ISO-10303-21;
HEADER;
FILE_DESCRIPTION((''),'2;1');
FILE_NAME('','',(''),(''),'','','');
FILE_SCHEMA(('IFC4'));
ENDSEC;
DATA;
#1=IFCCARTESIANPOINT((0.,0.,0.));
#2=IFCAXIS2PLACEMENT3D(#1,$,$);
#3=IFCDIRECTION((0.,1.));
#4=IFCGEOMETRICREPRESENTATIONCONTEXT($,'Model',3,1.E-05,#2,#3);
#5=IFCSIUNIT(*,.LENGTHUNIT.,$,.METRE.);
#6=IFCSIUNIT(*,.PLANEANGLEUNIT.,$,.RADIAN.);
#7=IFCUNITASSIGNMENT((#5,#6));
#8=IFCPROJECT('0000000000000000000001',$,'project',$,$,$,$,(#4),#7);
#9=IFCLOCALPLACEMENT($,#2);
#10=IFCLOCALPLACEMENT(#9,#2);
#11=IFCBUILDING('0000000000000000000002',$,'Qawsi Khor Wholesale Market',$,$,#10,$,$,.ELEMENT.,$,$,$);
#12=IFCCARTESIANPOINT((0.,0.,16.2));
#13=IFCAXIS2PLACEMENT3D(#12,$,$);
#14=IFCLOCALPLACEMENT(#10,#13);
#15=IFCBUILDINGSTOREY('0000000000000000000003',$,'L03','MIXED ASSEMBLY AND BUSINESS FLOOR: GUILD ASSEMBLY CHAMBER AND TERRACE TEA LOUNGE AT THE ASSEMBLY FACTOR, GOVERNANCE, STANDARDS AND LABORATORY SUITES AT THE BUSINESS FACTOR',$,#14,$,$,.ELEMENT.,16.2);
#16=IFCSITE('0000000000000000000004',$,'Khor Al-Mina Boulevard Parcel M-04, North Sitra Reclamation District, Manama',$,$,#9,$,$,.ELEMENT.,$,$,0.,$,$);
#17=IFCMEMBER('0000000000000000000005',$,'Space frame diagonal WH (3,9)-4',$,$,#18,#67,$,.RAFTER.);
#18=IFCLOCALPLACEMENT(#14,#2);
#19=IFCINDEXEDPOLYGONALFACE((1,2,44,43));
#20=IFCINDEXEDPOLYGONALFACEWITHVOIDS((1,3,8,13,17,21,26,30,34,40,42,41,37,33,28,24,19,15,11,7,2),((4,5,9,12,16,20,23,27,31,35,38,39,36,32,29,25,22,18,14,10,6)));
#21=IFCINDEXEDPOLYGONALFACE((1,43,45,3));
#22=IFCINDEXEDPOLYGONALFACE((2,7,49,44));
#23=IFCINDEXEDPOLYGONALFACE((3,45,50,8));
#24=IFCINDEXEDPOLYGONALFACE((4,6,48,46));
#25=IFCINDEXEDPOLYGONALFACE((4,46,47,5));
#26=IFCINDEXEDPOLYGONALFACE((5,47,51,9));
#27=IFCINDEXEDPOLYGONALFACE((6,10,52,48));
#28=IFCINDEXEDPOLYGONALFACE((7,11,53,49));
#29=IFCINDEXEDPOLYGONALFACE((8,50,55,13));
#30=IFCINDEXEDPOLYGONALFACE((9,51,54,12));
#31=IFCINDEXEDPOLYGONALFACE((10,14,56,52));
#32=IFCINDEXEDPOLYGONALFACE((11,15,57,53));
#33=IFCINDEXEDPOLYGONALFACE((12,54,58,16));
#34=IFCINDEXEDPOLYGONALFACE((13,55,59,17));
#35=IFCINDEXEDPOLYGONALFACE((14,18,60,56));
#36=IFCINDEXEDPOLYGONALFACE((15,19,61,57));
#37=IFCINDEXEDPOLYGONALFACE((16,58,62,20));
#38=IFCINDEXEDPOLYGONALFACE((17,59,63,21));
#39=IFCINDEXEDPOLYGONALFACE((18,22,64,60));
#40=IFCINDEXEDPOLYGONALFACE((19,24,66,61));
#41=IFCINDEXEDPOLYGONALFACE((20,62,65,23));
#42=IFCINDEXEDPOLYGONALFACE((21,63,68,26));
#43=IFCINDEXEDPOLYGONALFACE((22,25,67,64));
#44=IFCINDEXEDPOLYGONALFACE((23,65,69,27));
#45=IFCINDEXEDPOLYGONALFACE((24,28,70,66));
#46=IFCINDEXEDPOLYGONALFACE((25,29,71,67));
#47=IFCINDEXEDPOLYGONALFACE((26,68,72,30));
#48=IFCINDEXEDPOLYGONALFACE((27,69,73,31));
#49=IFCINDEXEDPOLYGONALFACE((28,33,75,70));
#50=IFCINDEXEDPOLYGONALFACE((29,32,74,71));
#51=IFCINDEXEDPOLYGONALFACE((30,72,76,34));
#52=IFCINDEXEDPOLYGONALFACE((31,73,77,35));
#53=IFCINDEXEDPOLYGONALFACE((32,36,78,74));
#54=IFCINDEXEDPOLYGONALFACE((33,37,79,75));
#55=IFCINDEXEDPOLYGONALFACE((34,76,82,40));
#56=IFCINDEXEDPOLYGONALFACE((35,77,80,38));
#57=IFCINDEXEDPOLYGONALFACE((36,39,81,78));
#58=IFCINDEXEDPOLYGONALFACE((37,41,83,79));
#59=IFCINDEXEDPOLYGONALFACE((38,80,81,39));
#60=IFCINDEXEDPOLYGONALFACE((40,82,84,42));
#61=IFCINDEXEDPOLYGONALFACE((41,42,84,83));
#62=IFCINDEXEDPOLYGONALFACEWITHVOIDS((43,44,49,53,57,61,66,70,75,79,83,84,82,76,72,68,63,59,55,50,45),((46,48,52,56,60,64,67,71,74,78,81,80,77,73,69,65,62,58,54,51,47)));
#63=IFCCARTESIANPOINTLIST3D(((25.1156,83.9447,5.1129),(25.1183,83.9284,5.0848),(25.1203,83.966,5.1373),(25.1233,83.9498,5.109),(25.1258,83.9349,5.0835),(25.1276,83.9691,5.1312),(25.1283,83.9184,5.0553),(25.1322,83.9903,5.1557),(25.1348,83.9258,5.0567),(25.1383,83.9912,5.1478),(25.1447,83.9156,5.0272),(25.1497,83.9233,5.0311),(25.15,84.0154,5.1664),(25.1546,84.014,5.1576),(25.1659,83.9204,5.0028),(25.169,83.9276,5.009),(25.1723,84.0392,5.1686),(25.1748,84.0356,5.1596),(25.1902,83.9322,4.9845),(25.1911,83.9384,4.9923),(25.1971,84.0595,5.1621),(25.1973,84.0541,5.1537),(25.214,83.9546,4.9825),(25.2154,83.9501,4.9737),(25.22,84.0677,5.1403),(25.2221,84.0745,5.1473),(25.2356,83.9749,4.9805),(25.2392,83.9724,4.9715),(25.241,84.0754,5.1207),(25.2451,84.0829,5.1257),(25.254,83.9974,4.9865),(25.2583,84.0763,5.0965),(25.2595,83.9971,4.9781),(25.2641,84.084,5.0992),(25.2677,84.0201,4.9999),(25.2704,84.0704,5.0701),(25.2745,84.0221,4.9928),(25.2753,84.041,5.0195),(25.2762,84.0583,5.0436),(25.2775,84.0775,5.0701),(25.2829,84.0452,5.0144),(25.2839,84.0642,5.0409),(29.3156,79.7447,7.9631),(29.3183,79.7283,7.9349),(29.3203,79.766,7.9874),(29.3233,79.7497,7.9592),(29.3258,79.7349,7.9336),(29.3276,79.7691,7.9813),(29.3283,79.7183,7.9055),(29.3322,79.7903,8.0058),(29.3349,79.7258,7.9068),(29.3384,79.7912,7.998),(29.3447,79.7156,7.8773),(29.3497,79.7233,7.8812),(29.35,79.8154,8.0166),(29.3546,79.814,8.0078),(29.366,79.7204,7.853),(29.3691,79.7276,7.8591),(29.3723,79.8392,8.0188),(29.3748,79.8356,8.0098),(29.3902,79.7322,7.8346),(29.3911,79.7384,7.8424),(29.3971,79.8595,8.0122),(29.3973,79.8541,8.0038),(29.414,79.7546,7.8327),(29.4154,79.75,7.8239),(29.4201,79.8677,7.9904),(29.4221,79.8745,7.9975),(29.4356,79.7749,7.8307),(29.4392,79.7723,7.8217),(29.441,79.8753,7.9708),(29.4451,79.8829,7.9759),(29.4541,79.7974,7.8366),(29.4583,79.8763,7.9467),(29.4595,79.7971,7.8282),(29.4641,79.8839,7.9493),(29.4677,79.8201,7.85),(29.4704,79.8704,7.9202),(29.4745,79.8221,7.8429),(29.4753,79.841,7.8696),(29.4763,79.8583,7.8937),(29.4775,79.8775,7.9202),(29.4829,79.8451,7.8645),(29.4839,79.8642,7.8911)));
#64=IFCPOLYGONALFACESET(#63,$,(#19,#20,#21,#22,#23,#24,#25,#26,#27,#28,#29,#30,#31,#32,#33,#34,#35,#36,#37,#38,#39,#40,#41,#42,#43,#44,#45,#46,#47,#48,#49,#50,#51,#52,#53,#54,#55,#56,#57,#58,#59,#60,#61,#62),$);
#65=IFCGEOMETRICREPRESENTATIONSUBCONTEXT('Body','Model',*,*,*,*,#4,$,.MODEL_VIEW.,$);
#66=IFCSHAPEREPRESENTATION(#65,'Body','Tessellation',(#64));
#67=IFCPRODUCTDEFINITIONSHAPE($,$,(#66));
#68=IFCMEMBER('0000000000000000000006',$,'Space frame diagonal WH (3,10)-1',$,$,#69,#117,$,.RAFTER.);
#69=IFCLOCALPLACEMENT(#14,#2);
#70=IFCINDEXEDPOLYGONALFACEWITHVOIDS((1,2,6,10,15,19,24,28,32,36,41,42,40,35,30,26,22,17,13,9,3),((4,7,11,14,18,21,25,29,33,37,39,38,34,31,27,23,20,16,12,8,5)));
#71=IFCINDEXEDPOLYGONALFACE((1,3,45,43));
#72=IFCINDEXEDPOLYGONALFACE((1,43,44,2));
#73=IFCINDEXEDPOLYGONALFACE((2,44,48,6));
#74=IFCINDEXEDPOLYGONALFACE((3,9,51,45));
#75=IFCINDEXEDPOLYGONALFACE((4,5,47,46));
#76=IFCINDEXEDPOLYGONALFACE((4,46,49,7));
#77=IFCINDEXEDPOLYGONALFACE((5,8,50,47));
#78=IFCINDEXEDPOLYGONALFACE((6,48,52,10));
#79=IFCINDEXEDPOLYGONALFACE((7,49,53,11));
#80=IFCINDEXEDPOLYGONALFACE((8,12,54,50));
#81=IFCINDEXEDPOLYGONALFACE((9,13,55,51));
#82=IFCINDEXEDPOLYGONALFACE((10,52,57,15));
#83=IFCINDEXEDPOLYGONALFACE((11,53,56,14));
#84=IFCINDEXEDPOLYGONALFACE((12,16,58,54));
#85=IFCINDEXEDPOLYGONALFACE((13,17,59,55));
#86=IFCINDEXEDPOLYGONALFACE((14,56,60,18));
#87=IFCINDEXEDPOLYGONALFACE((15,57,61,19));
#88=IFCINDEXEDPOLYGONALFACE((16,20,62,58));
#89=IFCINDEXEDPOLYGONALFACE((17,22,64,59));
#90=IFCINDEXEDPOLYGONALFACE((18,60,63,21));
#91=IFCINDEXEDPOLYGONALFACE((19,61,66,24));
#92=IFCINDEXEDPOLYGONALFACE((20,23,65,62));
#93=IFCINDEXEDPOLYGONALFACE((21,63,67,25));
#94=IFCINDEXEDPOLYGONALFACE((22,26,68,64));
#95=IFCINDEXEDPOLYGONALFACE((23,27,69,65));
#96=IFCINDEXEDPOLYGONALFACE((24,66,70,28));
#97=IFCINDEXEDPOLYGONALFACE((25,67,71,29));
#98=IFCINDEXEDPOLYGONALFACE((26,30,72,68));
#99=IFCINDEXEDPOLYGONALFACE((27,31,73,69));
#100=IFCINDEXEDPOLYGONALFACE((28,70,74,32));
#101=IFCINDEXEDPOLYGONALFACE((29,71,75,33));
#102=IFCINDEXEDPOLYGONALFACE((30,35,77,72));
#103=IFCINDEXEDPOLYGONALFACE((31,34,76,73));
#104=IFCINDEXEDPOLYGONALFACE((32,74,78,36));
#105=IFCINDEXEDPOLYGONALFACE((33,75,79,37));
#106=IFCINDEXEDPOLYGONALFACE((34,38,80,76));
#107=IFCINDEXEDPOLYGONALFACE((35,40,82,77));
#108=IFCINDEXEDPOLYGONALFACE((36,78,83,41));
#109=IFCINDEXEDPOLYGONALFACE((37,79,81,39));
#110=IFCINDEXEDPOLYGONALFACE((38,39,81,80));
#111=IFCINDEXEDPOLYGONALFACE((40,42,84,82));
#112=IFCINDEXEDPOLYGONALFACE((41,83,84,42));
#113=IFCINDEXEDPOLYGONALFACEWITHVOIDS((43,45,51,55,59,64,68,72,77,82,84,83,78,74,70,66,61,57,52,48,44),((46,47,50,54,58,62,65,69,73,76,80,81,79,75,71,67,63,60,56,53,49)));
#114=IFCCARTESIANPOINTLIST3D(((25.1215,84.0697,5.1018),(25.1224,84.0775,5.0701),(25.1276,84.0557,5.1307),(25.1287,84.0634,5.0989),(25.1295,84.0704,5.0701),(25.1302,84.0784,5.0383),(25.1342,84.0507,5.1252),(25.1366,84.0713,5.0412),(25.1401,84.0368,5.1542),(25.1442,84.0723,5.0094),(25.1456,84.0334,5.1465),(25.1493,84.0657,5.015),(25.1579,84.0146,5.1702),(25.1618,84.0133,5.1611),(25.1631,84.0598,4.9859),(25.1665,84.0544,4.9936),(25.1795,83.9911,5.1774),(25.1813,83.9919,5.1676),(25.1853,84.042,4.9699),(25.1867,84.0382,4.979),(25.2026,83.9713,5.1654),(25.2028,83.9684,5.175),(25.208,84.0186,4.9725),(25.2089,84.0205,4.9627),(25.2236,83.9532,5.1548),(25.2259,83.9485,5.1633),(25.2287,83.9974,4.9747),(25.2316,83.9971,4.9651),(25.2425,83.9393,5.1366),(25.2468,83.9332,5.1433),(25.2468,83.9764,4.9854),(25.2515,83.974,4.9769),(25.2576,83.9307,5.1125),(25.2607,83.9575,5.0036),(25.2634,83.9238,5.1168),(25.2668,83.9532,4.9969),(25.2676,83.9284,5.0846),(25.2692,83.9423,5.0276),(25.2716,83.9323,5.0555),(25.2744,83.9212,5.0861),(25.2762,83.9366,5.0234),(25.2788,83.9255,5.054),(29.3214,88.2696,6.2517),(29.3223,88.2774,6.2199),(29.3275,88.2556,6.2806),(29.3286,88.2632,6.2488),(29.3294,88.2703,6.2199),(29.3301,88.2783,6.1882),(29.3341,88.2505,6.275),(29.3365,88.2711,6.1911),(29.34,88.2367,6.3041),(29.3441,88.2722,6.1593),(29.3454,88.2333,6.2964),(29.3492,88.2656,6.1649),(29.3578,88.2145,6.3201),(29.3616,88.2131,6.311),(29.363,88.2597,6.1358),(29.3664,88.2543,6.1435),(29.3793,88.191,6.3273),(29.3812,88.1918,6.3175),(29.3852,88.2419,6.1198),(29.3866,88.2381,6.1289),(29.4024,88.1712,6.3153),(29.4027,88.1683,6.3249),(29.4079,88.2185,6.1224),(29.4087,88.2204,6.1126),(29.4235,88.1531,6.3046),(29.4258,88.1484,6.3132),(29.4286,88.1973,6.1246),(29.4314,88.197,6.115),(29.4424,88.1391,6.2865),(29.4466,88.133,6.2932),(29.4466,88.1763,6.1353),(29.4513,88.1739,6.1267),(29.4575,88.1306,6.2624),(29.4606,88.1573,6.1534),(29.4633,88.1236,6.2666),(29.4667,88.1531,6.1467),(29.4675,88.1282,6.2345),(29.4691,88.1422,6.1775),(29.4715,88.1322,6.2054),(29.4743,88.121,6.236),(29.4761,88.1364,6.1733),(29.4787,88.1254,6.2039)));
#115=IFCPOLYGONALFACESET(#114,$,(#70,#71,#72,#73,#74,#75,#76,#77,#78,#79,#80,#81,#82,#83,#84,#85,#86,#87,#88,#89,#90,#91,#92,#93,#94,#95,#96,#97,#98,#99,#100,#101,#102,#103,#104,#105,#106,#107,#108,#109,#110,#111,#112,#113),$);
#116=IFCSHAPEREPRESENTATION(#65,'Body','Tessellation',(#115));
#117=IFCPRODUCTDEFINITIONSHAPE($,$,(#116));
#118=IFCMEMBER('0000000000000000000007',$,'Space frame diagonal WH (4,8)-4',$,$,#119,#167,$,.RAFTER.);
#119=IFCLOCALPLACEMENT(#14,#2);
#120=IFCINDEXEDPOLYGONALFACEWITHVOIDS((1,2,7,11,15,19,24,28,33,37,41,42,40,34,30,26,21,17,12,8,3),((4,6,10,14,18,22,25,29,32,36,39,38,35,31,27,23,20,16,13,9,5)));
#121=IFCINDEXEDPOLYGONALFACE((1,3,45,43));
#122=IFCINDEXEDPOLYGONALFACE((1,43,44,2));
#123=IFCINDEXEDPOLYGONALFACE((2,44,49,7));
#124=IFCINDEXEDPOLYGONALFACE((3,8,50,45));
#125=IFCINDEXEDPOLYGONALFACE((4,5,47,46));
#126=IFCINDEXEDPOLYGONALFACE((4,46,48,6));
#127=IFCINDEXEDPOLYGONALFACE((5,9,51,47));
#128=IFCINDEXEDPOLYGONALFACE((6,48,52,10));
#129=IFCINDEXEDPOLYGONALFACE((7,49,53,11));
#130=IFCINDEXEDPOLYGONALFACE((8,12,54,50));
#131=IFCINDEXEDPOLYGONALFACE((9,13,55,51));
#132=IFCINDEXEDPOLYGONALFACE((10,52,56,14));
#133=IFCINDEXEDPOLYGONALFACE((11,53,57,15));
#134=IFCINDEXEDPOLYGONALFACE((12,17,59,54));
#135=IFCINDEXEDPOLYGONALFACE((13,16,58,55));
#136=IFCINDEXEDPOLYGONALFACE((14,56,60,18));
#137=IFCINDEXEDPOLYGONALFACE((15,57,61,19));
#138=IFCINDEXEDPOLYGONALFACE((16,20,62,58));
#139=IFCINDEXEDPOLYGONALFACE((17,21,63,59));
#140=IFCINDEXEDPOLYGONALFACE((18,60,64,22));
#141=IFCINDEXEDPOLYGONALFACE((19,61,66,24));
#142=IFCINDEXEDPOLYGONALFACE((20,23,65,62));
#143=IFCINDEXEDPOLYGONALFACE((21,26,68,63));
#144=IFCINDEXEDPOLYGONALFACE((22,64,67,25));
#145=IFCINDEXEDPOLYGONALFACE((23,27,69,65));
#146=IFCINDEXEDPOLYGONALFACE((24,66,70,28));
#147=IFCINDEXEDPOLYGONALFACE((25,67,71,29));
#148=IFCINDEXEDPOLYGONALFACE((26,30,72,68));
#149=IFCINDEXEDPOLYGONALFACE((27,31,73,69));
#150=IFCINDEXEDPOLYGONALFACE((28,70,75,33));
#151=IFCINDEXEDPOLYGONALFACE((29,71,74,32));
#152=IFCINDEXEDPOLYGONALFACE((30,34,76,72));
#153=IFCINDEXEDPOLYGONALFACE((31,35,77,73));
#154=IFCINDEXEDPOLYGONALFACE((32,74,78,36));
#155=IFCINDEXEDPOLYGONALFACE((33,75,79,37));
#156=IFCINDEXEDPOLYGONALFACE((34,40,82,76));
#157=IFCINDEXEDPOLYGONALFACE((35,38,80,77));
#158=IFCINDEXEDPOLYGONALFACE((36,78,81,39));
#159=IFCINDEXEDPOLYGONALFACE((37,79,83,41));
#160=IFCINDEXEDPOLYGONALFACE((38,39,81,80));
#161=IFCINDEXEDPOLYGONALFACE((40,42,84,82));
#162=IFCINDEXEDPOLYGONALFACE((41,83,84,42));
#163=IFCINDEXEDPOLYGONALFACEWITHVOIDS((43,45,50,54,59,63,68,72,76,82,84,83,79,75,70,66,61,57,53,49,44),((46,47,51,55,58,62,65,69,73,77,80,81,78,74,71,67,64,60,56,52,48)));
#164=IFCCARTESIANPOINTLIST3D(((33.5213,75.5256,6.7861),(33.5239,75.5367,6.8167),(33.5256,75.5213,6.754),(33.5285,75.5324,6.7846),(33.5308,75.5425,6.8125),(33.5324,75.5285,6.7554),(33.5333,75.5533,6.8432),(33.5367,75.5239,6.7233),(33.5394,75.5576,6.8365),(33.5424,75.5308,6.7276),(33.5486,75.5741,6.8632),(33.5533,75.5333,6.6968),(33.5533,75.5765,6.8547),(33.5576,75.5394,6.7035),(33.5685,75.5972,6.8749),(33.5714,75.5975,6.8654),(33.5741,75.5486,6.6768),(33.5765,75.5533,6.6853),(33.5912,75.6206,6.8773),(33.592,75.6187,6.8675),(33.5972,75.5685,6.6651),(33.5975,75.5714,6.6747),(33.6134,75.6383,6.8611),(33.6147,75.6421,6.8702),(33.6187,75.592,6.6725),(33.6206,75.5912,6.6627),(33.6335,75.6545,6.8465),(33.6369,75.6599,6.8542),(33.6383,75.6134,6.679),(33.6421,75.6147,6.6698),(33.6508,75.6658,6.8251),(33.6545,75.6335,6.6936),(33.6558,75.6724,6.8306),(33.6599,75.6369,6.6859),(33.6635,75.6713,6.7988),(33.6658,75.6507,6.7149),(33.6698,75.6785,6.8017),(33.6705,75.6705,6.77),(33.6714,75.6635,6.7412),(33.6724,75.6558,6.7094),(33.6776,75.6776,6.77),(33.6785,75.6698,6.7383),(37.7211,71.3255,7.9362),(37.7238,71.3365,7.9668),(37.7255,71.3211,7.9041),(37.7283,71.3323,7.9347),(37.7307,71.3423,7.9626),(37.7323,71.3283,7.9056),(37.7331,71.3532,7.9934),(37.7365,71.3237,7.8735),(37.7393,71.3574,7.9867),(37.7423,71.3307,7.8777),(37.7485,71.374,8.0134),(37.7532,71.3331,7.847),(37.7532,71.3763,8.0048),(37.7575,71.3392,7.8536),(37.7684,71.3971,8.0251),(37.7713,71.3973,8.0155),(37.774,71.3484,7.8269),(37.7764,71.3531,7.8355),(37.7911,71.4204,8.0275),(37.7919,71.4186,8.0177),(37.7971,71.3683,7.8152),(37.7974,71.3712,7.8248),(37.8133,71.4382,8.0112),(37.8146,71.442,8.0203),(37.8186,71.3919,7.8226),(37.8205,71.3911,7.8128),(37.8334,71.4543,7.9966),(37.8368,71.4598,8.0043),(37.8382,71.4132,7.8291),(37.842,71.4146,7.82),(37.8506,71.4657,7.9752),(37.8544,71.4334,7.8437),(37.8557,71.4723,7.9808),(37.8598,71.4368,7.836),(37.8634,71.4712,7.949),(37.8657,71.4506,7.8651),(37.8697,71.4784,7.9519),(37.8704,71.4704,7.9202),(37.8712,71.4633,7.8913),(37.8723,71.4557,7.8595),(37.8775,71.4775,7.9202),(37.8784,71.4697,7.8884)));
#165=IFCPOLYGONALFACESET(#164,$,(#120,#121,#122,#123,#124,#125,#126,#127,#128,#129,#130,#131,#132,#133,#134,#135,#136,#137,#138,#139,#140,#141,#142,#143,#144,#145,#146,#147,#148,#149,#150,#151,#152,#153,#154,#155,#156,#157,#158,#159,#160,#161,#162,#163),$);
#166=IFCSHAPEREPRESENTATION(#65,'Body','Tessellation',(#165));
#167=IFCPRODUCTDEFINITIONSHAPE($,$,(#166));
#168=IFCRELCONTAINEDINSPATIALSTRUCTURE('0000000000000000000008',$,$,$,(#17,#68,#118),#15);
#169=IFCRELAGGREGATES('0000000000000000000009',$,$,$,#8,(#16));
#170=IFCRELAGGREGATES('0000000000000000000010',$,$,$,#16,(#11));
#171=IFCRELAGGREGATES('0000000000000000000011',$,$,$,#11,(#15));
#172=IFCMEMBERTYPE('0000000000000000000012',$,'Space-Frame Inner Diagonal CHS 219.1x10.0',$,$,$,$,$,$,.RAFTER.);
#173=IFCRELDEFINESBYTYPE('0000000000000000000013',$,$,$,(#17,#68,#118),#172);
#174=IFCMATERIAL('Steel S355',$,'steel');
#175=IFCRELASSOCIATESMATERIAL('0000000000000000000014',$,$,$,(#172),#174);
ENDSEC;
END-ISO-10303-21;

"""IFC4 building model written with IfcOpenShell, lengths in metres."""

from ifc_helpers import new_model, si_unit, direction, frame, origin, origin_2d, place, context, subcontext, project, spatial, hollow_circle, extrude, material, material_profile, profile_set, type_object, element, save


model = new_model("IFC4")

# Units and contexts
model_context = context("Model", 3, precision=1e-05, world=origin(), true_north=direction((0.0, 1.0)))
body_context = subcontext(model_context, "Body", "Model", "MODEL_VIEW")
ifc_project = project(units=[si_unit("LENGTHUNIT", "METRE"), si_unit("PLANEANGLEUNIT", "RADIAN")], contexts=[model_context])

# Site, building, storey
site_placement = place(None, origin())
site = spatial("IfcSite", under=ifc_project, at=site_placement, Name="Khor Al-Mina Boulevard Parcel M-04, North Sitra Reclamation District, Manama", CompositionType="ELEMENT", RefElevation=0.0)
building_placement = place(site_placement, origin())
building = spatial("IfcBuilding", under=site, at=building_placement, Name="Qawsi Khor Wholesale Market", CompositionType="ELEMENT")
storey_placement = place(building_placement, frame((0.0, 0.0, 16.2)))
storey = spatial("IfcBuildingStorey", under=building, at=storey_placement, Name="L03", Description="MIXED ASSEMBLY AND BUSINESS FLOOR: GUILD ASSEMBLY CHAMBER AND TERRACE TEA LOUNGE AT THE ASSEMBLY FACTOR, GOVERNANCE, STANDARDS AND LABORATORY SUITES AT THE BUSINESS FACTOR", CompositionType="ELEMENT", Elevation=16.2)

# Members
ifc_material_1 = material(Name="Steel S355", Category="steel")
ifc_material_profile_1 = material_profile(ifc_material_1, hollow_circle(Radius=0.1096, WallThickness=0.01, at=origin_2d()), Name="CHS 219.1x10.0")
ifc_profile_set_1 = profile_set([ifc_material_profile_1], Name="Steel S355")
member_type_1 = type_object("IfcMemberType", Name="Space-Frame Inner Diagonal CHS 219.1x10.0", PredefinedType="RAFTER", material=ifc_profile_set_1)
member_1_placement = place(storey_placement, frame((25.2, 84.0, 5.0701), z_axis=(0.637512, -0.637512, 0.432617), x_axis=(0.707107, 0.707107, 0.0)))
element("IfcMember", 1, at=member_1_placement, inside=storey, type_object=member_type_1, Name="Space frame diagonal WH (3,9)-4", PredefinedType="RAFTER", context=body_context, shape_type="SweptSolid", body=[
    extrude(hollow_circle(Radius=0.1096, WallThickness=0.01, at=origin_2d()), origin(), (0.0, 0.0, 1.0), 6.5881),
])
member_2_placement = place(storey_placement, frame((25.2, 84.0, 5.0701), z_axis=(0.694217, 0.694217, 0.190069), x_axis=(-0.707107, 0.707107, 0.0)))
element("IfcMember", 2, at=member_2_placement, inside=storey, type_object=member_type_1, Name="Space frame diagonal WH (3,10)-1", PredefinedType="RAFTER", context=body_context, shape_type="SweptSolid", body=[
    extrude(hollow_circle(Radius=0.1096, WallThickness=0.01, at=origin_2d()), origin(), (0.0, 0.0, 1.0), 6.0498),
])
for number, where, z_axis, x_axis, name in (
    (3, (33.6001, 75.6001, 6.77), (0.694192, -0.694232, 0.190103), (0.707127, 0.707086, 0.0), "Space frame diagonal WH (4,8)-4"),
):
    element("IfcMember", number, at=place(storey_placement, frame(where, z_axis=z_axis, x_axis=x_axis)), inside=storey, type_object=member_type_1, Name=name, PredefinedType="RAFTER", context=body_context, shape_type="SweptSolid", body=[
        extrude(hollow_circle(Radius=0.1096, WallThickness=0.01, at=origin_2d()), origin(), (0.0, 0.0, 1.0), 6.05),
    ])

save(model, "model.ifc")
